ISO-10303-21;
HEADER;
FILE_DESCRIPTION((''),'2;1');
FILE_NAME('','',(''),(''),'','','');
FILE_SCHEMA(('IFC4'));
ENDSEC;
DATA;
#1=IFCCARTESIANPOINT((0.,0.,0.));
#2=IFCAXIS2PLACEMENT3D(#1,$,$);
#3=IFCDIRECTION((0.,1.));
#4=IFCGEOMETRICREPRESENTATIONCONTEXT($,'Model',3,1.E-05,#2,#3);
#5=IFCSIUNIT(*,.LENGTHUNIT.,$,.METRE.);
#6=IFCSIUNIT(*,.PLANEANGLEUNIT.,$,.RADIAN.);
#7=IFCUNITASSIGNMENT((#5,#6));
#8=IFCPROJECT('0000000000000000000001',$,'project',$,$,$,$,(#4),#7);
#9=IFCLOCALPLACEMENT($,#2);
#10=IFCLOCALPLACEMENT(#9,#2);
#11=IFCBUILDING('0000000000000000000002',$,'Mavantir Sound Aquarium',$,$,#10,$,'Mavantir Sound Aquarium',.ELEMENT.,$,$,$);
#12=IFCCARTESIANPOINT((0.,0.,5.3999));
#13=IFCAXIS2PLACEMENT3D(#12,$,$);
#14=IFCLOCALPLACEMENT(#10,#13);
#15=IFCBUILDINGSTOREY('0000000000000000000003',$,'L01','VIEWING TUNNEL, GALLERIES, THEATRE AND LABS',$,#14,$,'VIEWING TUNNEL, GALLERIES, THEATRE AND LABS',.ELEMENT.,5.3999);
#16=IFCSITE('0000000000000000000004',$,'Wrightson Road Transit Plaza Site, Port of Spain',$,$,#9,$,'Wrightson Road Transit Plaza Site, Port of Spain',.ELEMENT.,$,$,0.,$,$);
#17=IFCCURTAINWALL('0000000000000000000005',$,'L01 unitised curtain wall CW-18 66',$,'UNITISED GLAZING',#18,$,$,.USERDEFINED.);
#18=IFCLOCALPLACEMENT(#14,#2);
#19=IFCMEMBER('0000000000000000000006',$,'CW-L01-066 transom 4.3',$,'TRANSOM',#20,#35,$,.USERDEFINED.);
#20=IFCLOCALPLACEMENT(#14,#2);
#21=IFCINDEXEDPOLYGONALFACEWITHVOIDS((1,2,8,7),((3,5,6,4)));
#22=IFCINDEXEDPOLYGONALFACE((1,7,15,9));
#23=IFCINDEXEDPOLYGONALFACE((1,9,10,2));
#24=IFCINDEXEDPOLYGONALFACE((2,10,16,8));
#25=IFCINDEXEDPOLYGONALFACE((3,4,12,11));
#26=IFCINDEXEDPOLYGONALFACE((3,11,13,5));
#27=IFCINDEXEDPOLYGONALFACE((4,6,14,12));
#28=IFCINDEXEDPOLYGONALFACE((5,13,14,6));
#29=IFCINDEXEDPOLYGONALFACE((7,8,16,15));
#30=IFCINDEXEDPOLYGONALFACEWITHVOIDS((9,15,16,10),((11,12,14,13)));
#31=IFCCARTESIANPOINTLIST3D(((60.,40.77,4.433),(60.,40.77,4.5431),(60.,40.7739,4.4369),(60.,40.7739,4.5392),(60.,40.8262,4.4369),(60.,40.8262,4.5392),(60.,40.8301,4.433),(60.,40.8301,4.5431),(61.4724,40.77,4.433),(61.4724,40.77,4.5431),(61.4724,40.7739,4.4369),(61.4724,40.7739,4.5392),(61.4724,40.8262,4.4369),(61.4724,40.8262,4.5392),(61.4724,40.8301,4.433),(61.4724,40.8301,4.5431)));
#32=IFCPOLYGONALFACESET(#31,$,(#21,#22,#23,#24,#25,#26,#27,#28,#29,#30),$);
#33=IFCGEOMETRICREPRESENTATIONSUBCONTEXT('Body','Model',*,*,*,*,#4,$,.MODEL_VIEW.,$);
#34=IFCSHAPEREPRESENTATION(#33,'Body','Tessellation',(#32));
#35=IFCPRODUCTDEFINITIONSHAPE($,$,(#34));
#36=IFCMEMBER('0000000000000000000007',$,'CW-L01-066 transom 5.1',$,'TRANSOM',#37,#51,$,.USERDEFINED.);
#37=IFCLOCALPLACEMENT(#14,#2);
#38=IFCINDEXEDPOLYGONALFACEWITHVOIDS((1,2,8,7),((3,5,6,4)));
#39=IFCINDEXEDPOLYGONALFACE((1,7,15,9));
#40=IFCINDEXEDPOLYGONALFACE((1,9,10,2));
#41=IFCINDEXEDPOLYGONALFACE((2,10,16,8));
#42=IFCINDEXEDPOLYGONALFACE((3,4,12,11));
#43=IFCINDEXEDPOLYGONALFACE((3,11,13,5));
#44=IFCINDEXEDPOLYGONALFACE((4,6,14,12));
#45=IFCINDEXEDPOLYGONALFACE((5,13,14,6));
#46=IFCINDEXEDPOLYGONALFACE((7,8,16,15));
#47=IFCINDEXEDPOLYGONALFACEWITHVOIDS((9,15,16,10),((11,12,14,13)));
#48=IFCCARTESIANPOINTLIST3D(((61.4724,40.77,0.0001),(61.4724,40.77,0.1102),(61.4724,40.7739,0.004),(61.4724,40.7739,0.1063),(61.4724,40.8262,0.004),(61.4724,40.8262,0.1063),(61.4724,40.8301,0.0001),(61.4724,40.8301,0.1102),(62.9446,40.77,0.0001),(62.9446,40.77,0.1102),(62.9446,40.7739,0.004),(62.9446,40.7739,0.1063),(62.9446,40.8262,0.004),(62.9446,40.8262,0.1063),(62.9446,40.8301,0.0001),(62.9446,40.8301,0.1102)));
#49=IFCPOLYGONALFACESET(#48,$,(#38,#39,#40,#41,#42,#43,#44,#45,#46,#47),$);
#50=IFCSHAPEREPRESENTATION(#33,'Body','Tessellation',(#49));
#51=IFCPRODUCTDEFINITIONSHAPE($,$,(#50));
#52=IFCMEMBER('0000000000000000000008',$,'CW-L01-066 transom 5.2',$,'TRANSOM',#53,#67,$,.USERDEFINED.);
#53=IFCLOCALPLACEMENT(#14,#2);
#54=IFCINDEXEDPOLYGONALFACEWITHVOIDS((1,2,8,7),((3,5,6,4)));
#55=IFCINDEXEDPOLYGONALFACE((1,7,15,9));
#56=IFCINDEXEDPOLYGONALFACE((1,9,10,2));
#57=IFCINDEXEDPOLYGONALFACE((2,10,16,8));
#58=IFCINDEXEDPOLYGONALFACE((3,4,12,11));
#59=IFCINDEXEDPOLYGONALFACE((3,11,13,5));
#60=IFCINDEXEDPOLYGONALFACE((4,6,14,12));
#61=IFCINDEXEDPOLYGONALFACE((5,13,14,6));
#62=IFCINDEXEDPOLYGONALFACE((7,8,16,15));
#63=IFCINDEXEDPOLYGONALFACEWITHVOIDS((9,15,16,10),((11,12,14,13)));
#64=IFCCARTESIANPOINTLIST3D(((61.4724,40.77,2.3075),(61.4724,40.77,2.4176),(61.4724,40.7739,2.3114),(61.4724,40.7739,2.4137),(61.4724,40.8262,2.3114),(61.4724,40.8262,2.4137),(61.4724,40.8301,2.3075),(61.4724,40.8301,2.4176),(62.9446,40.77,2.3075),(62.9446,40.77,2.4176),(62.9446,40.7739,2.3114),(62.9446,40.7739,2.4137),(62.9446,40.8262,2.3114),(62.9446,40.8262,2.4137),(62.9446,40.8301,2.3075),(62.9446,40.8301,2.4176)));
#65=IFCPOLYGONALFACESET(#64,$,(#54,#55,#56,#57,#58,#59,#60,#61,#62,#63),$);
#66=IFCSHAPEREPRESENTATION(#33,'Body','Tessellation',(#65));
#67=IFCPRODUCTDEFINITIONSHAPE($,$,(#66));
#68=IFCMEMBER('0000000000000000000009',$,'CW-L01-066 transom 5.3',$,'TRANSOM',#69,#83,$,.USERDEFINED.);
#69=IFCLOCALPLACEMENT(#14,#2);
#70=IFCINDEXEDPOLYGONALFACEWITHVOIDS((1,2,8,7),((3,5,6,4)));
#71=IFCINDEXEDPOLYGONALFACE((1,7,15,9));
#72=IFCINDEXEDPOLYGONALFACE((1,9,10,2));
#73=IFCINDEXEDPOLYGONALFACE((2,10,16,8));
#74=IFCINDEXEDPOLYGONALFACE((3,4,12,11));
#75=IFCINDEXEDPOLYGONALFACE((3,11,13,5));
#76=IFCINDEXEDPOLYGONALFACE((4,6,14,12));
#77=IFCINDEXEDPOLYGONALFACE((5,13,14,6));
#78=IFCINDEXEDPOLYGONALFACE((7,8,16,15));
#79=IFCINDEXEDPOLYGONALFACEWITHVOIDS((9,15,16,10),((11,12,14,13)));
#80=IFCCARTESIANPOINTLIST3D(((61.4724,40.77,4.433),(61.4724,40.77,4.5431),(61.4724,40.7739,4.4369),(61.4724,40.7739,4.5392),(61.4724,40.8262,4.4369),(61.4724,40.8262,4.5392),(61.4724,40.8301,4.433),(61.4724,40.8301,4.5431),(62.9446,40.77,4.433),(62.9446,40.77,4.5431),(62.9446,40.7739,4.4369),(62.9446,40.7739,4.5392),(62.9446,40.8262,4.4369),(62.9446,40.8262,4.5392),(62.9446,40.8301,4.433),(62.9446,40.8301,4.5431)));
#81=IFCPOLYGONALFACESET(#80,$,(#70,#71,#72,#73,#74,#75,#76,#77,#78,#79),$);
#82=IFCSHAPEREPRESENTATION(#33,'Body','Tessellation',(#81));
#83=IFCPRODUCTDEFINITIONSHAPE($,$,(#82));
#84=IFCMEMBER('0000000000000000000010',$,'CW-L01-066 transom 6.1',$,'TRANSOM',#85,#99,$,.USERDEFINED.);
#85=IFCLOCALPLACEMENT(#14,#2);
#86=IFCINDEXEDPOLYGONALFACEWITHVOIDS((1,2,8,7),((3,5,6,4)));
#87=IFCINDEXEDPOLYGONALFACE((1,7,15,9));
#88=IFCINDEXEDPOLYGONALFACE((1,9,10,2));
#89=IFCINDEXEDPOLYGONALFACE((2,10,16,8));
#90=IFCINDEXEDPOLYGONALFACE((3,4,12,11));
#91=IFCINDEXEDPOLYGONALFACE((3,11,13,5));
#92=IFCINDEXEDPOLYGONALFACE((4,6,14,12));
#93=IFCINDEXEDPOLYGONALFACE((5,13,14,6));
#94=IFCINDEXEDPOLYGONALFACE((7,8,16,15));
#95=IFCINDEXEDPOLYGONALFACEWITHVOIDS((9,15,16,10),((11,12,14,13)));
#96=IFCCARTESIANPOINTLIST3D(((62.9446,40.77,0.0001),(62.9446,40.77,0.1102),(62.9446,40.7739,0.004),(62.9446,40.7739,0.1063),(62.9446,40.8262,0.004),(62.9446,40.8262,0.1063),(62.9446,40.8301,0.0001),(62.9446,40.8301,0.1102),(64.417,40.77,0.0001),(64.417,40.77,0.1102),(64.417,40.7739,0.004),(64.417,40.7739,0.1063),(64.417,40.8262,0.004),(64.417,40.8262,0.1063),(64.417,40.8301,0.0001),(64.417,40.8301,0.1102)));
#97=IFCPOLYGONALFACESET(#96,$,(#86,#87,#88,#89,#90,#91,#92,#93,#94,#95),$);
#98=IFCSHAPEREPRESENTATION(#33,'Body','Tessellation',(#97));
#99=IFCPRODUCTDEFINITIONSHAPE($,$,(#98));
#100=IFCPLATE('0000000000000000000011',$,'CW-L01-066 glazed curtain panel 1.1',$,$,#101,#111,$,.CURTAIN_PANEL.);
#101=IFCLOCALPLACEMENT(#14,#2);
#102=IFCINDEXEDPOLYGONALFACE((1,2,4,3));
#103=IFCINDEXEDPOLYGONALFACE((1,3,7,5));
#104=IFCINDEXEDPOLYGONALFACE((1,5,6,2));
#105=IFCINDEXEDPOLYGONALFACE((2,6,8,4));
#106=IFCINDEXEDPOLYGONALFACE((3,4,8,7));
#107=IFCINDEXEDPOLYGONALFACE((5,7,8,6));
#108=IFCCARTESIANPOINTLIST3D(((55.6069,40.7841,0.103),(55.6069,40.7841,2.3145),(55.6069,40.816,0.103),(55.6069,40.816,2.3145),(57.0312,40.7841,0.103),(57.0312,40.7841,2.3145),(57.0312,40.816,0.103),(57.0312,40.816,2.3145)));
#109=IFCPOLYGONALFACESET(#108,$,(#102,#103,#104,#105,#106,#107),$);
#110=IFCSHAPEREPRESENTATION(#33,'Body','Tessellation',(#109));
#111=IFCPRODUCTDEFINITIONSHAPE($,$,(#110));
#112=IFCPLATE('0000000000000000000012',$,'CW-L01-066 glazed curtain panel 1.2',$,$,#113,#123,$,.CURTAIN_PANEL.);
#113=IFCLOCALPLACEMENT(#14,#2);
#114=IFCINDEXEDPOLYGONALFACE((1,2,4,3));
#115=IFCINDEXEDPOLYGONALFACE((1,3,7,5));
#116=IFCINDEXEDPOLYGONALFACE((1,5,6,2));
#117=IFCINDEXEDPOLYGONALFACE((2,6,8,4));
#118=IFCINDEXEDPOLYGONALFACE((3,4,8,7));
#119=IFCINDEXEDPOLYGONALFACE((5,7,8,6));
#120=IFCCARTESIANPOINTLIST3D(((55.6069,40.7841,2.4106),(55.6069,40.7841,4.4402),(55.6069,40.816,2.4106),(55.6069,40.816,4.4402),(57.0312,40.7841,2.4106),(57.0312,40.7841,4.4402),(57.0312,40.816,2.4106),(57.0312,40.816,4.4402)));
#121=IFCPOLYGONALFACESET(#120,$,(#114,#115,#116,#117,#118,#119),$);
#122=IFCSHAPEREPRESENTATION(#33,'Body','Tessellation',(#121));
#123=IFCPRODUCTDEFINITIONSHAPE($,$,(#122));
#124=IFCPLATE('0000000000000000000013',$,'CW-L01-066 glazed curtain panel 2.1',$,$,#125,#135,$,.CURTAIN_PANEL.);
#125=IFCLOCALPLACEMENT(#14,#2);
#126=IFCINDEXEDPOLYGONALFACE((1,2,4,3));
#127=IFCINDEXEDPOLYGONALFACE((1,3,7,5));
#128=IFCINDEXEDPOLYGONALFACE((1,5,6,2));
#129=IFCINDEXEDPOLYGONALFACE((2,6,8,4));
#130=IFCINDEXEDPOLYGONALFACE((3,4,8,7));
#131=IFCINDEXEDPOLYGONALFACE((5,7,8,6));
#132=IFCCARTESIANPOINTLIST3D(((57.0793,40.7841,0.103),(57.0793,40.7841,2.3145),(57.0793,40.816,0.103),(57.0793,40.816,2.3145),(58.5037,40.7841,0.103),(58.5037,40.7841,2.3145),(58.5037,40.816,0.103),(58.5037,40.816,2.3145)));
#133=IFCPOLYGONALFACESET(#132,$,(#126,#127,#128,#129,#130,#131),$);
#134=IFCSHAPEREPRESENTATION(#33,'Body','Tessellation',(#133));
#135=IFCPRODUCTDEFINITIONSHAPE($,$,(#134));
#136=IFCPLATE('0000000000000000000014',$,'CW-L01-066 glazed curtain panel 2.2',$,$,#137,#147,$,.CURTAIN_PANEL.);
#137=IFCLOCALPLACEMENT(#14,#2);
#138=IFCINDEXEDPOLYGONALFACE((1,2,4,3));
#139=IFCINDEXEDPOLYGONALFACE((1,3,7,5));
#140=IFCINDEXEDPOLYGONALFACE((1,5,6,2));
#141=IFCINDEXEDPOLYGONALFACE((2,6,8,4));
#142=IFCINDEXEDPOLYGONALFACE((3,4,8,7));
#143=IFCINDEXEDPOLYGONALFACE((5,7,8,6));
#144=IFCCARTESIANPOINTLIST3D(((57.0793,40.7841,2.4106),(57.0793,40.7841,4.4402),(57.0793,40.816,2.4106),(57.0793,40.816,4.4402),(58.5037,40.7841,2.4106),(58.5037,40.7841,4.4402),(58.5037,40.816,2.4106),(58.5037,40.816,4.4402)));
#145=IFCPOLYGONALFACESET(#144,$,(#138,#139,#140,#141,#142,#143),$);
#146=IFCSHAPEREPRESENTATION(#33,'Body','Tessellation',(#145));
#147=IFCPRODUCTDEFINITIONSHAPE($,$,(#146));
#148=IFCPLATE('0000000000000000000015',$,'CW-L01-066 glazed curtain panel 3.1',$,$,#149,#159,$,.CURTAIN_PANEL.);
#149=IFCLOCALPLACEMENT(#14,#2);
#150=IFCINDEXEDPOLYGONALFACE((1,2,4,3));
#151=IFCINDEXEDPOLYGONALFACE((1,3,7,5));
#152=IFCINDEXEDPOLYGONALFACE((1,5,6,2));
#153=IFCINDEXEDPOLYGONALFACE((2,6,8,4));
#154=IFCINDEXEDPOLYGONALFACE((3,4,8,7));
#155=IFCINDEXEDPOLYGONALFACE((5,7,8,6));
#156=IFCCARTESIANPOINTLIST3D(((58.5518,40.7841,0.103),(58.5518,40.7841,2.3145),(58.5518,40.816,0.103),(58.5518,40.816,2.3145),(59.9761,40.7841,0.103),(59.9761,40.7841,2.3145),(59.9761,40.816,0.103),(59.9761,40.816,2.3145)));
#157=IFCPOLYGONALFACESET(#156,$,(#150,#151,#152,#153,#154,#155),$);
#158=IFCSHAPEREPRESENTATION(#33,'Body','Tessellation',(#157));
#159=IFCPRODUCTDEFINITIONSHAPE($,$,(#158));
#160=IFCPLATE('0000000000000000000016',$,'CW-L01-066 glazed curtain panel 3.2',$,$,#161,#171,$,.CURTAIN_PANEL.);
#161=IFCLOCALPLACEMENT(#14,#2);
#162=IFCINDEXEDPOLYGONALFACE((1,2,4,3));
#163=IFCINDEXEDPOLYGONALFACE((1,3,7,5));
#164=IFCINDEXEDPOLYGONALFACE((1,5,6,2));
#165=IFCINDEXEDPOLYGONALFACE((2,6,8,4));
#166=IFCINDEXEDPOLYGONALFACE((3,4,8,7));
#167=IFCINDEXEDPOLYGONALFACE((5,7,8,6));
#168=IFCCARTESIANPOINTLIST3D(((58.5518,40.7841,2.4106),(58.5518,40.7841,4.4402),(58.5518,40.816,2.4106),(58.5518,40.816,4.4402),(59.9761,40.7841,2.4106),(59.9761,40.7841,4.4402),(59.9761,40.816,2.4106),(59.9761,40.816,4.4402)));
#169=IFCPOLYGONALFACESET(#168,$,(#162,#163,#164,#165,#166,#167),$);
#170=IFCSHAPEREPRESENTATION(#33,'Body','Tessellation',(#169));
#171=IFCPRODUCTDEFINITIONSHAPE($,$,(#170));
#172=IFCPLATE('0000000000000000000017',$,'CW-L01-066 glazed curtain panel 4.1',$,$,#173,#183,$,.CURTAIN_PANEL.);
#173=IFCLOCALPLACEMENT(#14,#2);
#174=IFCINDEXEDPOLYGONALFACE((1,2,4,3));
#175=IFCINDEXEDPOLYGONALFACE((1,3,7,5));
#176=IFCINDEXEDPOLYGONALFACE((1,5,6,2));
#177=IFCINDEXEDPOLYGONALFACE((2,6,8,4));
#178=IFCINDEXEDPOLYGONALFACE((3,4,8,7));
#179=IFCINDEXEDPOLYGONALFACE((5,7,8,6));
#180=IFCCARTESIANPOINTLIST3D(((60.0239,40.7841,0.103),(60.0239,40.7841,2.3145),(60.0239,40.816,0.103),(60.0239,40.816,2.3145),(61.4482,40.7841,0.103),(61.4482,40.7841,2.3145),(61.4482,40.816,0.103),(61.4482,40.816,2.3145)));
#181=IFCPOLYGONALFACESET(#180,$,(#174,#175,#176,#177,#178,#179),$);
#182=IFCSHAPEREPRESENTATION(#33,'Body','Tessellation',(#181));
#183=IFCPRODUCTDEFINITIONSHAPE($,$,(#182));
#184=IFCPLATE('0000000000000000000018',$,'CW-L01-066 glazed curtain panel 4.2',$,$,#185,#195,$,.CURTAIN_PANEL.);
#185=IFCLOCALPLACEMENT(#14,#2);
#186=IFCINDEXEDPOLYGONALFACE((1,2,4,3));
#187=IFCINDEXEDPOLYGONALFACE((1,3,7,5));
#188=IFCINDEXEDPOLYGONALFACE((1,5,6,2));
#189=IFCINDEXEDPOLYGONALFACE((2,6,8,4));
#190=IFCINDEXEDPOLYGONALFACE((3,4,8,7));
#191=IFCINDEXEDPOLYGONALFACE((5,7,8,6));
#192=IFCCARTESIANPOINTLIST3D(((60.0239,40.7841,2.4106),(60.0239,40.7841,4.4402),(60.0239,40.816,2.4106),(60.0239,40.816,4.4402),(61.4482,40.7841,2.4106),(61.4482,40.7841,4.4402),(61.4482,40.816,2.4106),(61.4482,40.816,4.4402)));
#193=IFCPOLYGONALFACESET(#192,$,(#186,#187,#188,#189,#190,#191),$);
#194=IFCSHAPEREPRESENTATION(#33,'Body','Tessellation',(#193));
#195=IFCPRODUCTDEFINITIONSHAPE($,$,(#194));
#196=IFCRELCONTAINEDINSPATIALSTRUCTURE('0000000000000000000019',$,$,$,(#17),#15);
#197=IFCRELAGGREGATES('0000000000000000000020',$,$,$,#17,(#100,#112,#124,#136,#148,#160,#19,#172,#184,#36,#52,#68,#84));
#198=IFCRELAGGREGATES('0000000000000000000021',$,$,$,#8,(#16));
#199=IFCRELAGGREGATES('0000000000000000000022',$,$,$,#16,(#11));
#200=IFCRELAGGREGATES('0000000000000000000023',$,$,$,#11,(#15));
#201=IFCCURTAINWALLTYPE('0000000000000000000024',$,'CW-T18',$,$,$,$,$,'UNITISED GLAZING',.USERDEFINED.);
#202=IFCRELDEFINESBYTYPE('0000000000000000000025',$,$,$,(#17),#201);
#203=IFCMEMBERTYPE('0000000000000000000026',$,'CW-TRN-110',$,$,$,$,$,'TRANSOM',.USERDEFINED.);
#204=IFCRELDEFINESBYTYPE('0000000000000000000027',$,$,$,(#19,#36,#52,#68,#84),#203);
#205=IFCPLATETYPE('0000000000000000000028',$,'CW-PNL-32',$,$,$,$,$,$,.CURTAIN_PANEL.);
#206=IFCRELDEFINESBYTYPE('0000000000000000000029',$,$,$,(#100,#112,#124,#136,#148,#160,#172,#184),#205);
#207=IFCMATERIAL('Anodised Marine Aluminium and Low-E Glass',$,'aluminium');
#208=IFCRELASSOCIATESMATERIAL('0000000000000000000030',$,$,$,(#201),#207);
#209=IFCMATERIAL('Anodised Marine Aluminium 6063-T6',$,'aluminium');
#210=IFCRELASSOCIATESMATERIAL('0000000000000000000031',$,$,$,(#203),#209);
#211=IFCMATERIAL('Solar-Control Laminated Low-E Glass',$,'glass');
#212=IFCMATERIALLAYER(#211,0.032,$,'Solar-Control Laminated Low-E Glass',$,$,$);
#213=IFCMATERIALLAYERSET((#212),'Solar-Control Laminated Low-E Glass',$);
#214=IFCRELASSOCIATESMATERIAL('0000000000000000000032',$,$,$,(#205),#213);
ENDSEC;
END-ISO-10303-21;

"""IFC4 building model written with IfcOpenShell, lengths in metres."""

from ifc_helpers import new_model, si_unit, direction, frame, origin, origin_2d, place, context, subcontext, project, spatial, rectangle, hollow_rectangle, extrude, material, layer, layer_set, material_profile, profile_set, type_object, element, aggregate, save


model = new_model("IFC4")

# Units and contexts
model_context = context("Model", 3, precision=1e-05, world=origin(), true_north=direction((0.0, 1.0)))
body_context = subcontext(model_context, "Body", "Model", "MODEL_VIEW")
ifc_project = project(units=[si_unit("LENGTHUNIT", "METRE"), si_unit("PLANEANGLEUNIT", "RADIAN")], contexts=[model_context])

# Site, building, storey
site_placement = place(None, origin())
site = spatial("IfcSite", under=ifc_project, at=site_placement, Name="Wrightson Road Transit Plaza Site, Port of Spain", LongName="Wrightson Road Transit Plaza Site, Port of Spain", CompositionType="ELEMENT", RefElevation=0.0)
building_placement = place(site_placement, origin())
building = spatial("IfcBuilding", under=site, at=building_placement, Name="Mavantir Sound Aquarium", LongName="Mavantir Sound Aquarium", CompositionType="ELEMENT")
storey_placement = place(building_placement, frame((0.0, 0.0, 5.3999)))
storey = spatial("IfcBuildingStorey", under=building, at=storey_placement, Name="L01", Description="VIEWING TUNNEL, GALLERIES, THEATRE AND LABS", LongName="VIEWING TUNNEL, GALLERIES, THEATRE AND LABS", CompositionType="ELEMENT", Elevation=5.3999)

# Curtain wall, members, plates
ifc_material_1 = material(Name="Anodised Marine Aluminium and Low-E Glass", Category="aluminium")
curtain_wall_type = type_object("IfcCurtainWallType", Name="CW-T18", ElementType="UNITISED GLAZING", PredefinedType="USERDEFINED", material=ifc_material_1)
curtain_wall_placement = place(storey_placement, origin())
curtain_wall = element("IfcCurtainWall", 1, at=curtain_wall_placement, inside=storey, type_object=curtain_wall_type, Name="L01 unitised curtain wall CW-18 66", ObjectType="UNITISED GLAZING", PredefinedType="USERDEFINED")
ifc_material_2 = material(Name="Anodised Marine Aluminium 6063-T6", Category="aluminium")
ifc_material_profile_1 = material_profile(ifc_material_2, hollow_rectangle(XDim=0.0601, YDim=0.1101, WallThickness=0.0039, at=origin_2d()), Name="ALU-TRANSOM-110X60")
ifc_profile_set_1 = profile_set([ifc_material_profile_1], Name="Anodised Marine Aluminium 6063-T6")
member_type_1 = type_object("IfcMemberType", Name="CW-TRN-110", ElementType="TRANSOM", PredefinedType="USERDEFINED", material=ifc_profile_set_1)
member_1_placement = place(storey_placement, frame((60.0, 40.8, 4.488), z_axis=(1.0, 0.0, 0.0), x_axis=(0.0, 1.0, 0.0)))
member_1 = element("IfcMember", 2, at=member_1_placement, type_object=member_type_1, Name="CW-L01-066 transom 4.3", ObjectType="TRANSOM", PredefinedType="USERDEFINED", context=body_context, shape_type="SweptSolid", body=[
    extrude(hollow_rectangle(XDim=0.0601, YDim=0.1101, WallThickness=0.0039, at=origin_2d()), origin(), (0.0, 0.0, 1.0), 1.4724),
])
member_2_placement = place(storey_placement, frame((61.4724, 40.8, 0.0552), z_axis=(1.0, 0.0, 0.0), x_axis=(0.0, 1.0, 0.0)))
member_2 = element("IfcMember", 3, at=member_2_placement, type_object=member_type_1, Name="CW-L01-066 transom 5.1", ObjectType="TRANSOM", PredefinedType="USERDEFINED", context=body_context, shape_type="SweptSolid", body=[
    extrude(hollow_rectangle(XDim=0.0601, YDim=0.1101, WallThickness=0.0039, at=origin_2d()), origin(), (0.0, 0.0, 1.0), 1.4722),
])
member_3_placement = place(storey_placement, frame((61.4724, 40.8, 2.3625), z_axis=(1.0, 0.0, 0.0), x_axis=(0.0, 1.0, 0.0)))
member_3 = element("IfcMember", 4, at=member_3_placement, type_object=member_type_1, Name="CW-L01-066 transom 5.2", ObjectType="TRANSOM", PredefinedType="USERDEFINED", context=body_context, shape_type="SweptSolid", body=[
    extrude(hollow_rectangle(XDim=0.0601, YDim=0.1101, WallThickness=0.0039, at=origin_2d()), origin(), (0.0, 0.0, 1.0), 1.4722),
])
member_4_placement = place(storey_placement, frame((61.4724, 40.8, 4.488), z_axis=(1.0, 0.0, 0.0), x_axis=(0.0, 1.0, 0.0)))
member_4 = element("IfcMember", 5, at=member_4_placement, type_object=member_type_1, Name="CW-L01-066 transom 5.3", ObjectType="TRANSOM", PredefinedType="USERDEFINED", context=body_context, shape_type="SweptSolid", body=[
    extrude(hollow_rectangle(XDim=0.0601, YDim=0.1101, WallThickness=0.0039, at=origin_2d()), origin(), (0.0, 0.0, 1.0), 1.4722),
])
member_5_placement = place(storey_placement, frame((62.9446, 40.8, 0.0552), z_axis=(1.0, 0.0, 0.0), x_axis=(0.0, 1.0, 0.0)))
member_5 = element("IfcMember", 6, at=member_5_placement, type_object=member_type_1, Name="CW-L01-066 transom 6.1", ObjectType="TRANSOM", PredefinedType="USERDEFINED", context=body_context, shape_type="SweptSolid", body=[
    extrude(hollow_rectangle(XDim=0.0601, YDim=0.1101, WallThickness=0.0039, at=origin_2d()), origin(), (0.0, 0.0, 1.0), 1.4724),
])
ifc_material_3 = material(Name="Solar-Control Laminated Low-E Glass", Category="glass")
ifc_layer = layer(ifc_material_3, 0.032, Name="Solar-Control Laminated Low-E Glass")
ifc_layer_set = layer_set([ifc_layer], Name="Solar-Control Laminated Low-E Glass")
plate_type = type_object("IfcPlateType", Name="CW-PNL-32", PredefinedType="CURTAIN_PANEL", material=ifc_layer_set)
plate_1_placement = place(storey_placement, frame((56.3191, 40.8, 0.103), z_axis=(0.0, 0.0, 1.0), x_axis=(1.0, 0.0, 0.0)))
plate_1 = element("IfcPlate", 7, at=plate_1_placement, type_object=plate_type, Name="CW-L01-066 glazed curtain panel 1.1", PredefinedType="CURTAIN_PANEL", context=body_context, shape_type="SweptSolid", body=[
    extrude(rectangle(XDim=1.4243, YDim=0.032, at=origin_2d()), origin(), (0.0, 0.0, 1.0), 2.2114),
])
plate_2_placement = place(storey_placement, frame((56.3191, 40.8, 2.4106), z_axis=(0.0, 0.0, 1.0), x_axis=(1.0, 0.0, 0.0)))
plate_2 = element("IfcPlate", 8, at=plate_2_placement, type_object=plate_type, Name="CW-L01-066 glazed curtain panel 1.2", PredefinedType="CURTAIN_PANEL", context=body_context, shape_type="SweptSolid", body=[
    extrude(rectangle(XDim=1.4243, YDim=0.032, at=origin_2d()), origin(), (0.0, 0.0, 1.0), 2.0295),
])
plate_3_placement = place(storey_placement, frame((57.7915, 40.8, 0.103), z_axis=(0.0, 0.0, 1.0), x_axis=(1.0, 0.0, 0.0)))
plate_3 = element("IfcPlate", 9, at=plate_3_placement, type_object=plate_type, Name="CW-L01-066 glazed curtain panel 2.1", PredefinedType="CURTAIN_PANEL", context=body_context, shape_type="SweptSolid", body=[
    extrude(rectangle(XDim=1.4243, YDim=0.032, at=origin_2d()), origin(), (0.0, 0.0, 1.0), 2.2114),
])
plate_4_placement = place(storey_placement, frame((57.7915, 40.8, 2.4106), z_axis=(0.0, 0.0, 1.0), x_axis=(1.0, 0.0, 0.0)))
plate_4 = element("IfcPlate", 10, at=plate_4_placement, type_object=plate_type, Name="CW-L01-066 glazed curtain panel 2.2", PredefinedType="CURTAIN_PANEL", context=body_context, shape_type="SweptSolid", body=[
    extrude(rectangle(XDim=1.4243, YDim=0.032, at=origin_2d()), origin(), (0.0, 0.0, 1.0), 2.0295),
])
plate_5_placement = place(storey_placement, frame((59.2639, 40.8, 0.103), z_axis=(0.0, 0.0, 1.0), x_axis=(1.0, 0.0, 0.0)))
plate_5 = element("IfcPlate", 11, at=plate_5_placement, type_object=plate_type, Name="CW-L01-066 glazed curtain panel 3.1", PredefinedType="CURTAIN_PANEL", context=body_context, shape_type="SweptSolid", body=[
    extrude(rectangle(XDim=1.4243, YDim=0.032, at=origin_2d()), origin(), (0.0, 0.0, 1.0), 2.2114),
])
plate_6_placement = place(storey_placement, frame((59.2639, 40.8, 2.4106), z_axis=(0.0, 0.0, 1.0), x_axis=(1.0, 0.0, 0.0)))
plate_6 = element("IfcPlate", 12, at=plate_6_placement, type_object=plate_type, Name="CW-L01-066 glazed curtain panel 3.2", PredefinedType="CURTAIN_PANEL", context=body_context, shape_type="SweptSolid", body=[
    extrude(rectangle(XDim=1.4243, YDim=0.032, at=origin_2d()), origin(), (0.0, 0.0, 1.0), 2.0295),
])
plate_7_placement = place(storey_placement, frame((60.7361, 40.8, 0.103), z_axis=(0.0, 0.0, 1.0), x_axis=(1.0, 0.0, 0.0)))
plate_7 = element("IfcPlate", 13, at=plate_7_placement, type_object=plate_type, Name="CW-L01-066 glazed curtain panel 4.1", PredefinedType="CURTAIN_PANEL", context=body_context, shape_type="SweptSolid", body=[
    extrude(rectangle(XDim=1.4243, YDim=0.032, at=origin_2d()), origin(), (0.0, 0.0, 1.0), 2.2114),
])
plate_8_placement = place(storey_placement, frame((60.7361, 40.8, 2.4106), z_axis=(0.0, 0.0, 1.0), x_axis=(1.0, 0.0, 0.0)))
plate_8 = element("IfcPlate", 14, at=plate_8_placement, type_object=plate_type, Name="CW-L01-066 glazed curtain panel 4.2", PredefinedType="CURTAIN_PANEL", context=body_context, shape_type="SweptSolid", body=[
    extrude(rectangle(XDim=1.4243, YDim=0.032, at=origin_2d()), origin(), (0.0, 0.0, 1.0), 2.0295),
])
aggregate(curtain_wall, [plate_1, plate_2, plate_3, plate_4, plate_5, plate_6, member_1, plate_7, plate_8, member_2, member_3, member_4, member_5])

save(model, "model.ifc")
